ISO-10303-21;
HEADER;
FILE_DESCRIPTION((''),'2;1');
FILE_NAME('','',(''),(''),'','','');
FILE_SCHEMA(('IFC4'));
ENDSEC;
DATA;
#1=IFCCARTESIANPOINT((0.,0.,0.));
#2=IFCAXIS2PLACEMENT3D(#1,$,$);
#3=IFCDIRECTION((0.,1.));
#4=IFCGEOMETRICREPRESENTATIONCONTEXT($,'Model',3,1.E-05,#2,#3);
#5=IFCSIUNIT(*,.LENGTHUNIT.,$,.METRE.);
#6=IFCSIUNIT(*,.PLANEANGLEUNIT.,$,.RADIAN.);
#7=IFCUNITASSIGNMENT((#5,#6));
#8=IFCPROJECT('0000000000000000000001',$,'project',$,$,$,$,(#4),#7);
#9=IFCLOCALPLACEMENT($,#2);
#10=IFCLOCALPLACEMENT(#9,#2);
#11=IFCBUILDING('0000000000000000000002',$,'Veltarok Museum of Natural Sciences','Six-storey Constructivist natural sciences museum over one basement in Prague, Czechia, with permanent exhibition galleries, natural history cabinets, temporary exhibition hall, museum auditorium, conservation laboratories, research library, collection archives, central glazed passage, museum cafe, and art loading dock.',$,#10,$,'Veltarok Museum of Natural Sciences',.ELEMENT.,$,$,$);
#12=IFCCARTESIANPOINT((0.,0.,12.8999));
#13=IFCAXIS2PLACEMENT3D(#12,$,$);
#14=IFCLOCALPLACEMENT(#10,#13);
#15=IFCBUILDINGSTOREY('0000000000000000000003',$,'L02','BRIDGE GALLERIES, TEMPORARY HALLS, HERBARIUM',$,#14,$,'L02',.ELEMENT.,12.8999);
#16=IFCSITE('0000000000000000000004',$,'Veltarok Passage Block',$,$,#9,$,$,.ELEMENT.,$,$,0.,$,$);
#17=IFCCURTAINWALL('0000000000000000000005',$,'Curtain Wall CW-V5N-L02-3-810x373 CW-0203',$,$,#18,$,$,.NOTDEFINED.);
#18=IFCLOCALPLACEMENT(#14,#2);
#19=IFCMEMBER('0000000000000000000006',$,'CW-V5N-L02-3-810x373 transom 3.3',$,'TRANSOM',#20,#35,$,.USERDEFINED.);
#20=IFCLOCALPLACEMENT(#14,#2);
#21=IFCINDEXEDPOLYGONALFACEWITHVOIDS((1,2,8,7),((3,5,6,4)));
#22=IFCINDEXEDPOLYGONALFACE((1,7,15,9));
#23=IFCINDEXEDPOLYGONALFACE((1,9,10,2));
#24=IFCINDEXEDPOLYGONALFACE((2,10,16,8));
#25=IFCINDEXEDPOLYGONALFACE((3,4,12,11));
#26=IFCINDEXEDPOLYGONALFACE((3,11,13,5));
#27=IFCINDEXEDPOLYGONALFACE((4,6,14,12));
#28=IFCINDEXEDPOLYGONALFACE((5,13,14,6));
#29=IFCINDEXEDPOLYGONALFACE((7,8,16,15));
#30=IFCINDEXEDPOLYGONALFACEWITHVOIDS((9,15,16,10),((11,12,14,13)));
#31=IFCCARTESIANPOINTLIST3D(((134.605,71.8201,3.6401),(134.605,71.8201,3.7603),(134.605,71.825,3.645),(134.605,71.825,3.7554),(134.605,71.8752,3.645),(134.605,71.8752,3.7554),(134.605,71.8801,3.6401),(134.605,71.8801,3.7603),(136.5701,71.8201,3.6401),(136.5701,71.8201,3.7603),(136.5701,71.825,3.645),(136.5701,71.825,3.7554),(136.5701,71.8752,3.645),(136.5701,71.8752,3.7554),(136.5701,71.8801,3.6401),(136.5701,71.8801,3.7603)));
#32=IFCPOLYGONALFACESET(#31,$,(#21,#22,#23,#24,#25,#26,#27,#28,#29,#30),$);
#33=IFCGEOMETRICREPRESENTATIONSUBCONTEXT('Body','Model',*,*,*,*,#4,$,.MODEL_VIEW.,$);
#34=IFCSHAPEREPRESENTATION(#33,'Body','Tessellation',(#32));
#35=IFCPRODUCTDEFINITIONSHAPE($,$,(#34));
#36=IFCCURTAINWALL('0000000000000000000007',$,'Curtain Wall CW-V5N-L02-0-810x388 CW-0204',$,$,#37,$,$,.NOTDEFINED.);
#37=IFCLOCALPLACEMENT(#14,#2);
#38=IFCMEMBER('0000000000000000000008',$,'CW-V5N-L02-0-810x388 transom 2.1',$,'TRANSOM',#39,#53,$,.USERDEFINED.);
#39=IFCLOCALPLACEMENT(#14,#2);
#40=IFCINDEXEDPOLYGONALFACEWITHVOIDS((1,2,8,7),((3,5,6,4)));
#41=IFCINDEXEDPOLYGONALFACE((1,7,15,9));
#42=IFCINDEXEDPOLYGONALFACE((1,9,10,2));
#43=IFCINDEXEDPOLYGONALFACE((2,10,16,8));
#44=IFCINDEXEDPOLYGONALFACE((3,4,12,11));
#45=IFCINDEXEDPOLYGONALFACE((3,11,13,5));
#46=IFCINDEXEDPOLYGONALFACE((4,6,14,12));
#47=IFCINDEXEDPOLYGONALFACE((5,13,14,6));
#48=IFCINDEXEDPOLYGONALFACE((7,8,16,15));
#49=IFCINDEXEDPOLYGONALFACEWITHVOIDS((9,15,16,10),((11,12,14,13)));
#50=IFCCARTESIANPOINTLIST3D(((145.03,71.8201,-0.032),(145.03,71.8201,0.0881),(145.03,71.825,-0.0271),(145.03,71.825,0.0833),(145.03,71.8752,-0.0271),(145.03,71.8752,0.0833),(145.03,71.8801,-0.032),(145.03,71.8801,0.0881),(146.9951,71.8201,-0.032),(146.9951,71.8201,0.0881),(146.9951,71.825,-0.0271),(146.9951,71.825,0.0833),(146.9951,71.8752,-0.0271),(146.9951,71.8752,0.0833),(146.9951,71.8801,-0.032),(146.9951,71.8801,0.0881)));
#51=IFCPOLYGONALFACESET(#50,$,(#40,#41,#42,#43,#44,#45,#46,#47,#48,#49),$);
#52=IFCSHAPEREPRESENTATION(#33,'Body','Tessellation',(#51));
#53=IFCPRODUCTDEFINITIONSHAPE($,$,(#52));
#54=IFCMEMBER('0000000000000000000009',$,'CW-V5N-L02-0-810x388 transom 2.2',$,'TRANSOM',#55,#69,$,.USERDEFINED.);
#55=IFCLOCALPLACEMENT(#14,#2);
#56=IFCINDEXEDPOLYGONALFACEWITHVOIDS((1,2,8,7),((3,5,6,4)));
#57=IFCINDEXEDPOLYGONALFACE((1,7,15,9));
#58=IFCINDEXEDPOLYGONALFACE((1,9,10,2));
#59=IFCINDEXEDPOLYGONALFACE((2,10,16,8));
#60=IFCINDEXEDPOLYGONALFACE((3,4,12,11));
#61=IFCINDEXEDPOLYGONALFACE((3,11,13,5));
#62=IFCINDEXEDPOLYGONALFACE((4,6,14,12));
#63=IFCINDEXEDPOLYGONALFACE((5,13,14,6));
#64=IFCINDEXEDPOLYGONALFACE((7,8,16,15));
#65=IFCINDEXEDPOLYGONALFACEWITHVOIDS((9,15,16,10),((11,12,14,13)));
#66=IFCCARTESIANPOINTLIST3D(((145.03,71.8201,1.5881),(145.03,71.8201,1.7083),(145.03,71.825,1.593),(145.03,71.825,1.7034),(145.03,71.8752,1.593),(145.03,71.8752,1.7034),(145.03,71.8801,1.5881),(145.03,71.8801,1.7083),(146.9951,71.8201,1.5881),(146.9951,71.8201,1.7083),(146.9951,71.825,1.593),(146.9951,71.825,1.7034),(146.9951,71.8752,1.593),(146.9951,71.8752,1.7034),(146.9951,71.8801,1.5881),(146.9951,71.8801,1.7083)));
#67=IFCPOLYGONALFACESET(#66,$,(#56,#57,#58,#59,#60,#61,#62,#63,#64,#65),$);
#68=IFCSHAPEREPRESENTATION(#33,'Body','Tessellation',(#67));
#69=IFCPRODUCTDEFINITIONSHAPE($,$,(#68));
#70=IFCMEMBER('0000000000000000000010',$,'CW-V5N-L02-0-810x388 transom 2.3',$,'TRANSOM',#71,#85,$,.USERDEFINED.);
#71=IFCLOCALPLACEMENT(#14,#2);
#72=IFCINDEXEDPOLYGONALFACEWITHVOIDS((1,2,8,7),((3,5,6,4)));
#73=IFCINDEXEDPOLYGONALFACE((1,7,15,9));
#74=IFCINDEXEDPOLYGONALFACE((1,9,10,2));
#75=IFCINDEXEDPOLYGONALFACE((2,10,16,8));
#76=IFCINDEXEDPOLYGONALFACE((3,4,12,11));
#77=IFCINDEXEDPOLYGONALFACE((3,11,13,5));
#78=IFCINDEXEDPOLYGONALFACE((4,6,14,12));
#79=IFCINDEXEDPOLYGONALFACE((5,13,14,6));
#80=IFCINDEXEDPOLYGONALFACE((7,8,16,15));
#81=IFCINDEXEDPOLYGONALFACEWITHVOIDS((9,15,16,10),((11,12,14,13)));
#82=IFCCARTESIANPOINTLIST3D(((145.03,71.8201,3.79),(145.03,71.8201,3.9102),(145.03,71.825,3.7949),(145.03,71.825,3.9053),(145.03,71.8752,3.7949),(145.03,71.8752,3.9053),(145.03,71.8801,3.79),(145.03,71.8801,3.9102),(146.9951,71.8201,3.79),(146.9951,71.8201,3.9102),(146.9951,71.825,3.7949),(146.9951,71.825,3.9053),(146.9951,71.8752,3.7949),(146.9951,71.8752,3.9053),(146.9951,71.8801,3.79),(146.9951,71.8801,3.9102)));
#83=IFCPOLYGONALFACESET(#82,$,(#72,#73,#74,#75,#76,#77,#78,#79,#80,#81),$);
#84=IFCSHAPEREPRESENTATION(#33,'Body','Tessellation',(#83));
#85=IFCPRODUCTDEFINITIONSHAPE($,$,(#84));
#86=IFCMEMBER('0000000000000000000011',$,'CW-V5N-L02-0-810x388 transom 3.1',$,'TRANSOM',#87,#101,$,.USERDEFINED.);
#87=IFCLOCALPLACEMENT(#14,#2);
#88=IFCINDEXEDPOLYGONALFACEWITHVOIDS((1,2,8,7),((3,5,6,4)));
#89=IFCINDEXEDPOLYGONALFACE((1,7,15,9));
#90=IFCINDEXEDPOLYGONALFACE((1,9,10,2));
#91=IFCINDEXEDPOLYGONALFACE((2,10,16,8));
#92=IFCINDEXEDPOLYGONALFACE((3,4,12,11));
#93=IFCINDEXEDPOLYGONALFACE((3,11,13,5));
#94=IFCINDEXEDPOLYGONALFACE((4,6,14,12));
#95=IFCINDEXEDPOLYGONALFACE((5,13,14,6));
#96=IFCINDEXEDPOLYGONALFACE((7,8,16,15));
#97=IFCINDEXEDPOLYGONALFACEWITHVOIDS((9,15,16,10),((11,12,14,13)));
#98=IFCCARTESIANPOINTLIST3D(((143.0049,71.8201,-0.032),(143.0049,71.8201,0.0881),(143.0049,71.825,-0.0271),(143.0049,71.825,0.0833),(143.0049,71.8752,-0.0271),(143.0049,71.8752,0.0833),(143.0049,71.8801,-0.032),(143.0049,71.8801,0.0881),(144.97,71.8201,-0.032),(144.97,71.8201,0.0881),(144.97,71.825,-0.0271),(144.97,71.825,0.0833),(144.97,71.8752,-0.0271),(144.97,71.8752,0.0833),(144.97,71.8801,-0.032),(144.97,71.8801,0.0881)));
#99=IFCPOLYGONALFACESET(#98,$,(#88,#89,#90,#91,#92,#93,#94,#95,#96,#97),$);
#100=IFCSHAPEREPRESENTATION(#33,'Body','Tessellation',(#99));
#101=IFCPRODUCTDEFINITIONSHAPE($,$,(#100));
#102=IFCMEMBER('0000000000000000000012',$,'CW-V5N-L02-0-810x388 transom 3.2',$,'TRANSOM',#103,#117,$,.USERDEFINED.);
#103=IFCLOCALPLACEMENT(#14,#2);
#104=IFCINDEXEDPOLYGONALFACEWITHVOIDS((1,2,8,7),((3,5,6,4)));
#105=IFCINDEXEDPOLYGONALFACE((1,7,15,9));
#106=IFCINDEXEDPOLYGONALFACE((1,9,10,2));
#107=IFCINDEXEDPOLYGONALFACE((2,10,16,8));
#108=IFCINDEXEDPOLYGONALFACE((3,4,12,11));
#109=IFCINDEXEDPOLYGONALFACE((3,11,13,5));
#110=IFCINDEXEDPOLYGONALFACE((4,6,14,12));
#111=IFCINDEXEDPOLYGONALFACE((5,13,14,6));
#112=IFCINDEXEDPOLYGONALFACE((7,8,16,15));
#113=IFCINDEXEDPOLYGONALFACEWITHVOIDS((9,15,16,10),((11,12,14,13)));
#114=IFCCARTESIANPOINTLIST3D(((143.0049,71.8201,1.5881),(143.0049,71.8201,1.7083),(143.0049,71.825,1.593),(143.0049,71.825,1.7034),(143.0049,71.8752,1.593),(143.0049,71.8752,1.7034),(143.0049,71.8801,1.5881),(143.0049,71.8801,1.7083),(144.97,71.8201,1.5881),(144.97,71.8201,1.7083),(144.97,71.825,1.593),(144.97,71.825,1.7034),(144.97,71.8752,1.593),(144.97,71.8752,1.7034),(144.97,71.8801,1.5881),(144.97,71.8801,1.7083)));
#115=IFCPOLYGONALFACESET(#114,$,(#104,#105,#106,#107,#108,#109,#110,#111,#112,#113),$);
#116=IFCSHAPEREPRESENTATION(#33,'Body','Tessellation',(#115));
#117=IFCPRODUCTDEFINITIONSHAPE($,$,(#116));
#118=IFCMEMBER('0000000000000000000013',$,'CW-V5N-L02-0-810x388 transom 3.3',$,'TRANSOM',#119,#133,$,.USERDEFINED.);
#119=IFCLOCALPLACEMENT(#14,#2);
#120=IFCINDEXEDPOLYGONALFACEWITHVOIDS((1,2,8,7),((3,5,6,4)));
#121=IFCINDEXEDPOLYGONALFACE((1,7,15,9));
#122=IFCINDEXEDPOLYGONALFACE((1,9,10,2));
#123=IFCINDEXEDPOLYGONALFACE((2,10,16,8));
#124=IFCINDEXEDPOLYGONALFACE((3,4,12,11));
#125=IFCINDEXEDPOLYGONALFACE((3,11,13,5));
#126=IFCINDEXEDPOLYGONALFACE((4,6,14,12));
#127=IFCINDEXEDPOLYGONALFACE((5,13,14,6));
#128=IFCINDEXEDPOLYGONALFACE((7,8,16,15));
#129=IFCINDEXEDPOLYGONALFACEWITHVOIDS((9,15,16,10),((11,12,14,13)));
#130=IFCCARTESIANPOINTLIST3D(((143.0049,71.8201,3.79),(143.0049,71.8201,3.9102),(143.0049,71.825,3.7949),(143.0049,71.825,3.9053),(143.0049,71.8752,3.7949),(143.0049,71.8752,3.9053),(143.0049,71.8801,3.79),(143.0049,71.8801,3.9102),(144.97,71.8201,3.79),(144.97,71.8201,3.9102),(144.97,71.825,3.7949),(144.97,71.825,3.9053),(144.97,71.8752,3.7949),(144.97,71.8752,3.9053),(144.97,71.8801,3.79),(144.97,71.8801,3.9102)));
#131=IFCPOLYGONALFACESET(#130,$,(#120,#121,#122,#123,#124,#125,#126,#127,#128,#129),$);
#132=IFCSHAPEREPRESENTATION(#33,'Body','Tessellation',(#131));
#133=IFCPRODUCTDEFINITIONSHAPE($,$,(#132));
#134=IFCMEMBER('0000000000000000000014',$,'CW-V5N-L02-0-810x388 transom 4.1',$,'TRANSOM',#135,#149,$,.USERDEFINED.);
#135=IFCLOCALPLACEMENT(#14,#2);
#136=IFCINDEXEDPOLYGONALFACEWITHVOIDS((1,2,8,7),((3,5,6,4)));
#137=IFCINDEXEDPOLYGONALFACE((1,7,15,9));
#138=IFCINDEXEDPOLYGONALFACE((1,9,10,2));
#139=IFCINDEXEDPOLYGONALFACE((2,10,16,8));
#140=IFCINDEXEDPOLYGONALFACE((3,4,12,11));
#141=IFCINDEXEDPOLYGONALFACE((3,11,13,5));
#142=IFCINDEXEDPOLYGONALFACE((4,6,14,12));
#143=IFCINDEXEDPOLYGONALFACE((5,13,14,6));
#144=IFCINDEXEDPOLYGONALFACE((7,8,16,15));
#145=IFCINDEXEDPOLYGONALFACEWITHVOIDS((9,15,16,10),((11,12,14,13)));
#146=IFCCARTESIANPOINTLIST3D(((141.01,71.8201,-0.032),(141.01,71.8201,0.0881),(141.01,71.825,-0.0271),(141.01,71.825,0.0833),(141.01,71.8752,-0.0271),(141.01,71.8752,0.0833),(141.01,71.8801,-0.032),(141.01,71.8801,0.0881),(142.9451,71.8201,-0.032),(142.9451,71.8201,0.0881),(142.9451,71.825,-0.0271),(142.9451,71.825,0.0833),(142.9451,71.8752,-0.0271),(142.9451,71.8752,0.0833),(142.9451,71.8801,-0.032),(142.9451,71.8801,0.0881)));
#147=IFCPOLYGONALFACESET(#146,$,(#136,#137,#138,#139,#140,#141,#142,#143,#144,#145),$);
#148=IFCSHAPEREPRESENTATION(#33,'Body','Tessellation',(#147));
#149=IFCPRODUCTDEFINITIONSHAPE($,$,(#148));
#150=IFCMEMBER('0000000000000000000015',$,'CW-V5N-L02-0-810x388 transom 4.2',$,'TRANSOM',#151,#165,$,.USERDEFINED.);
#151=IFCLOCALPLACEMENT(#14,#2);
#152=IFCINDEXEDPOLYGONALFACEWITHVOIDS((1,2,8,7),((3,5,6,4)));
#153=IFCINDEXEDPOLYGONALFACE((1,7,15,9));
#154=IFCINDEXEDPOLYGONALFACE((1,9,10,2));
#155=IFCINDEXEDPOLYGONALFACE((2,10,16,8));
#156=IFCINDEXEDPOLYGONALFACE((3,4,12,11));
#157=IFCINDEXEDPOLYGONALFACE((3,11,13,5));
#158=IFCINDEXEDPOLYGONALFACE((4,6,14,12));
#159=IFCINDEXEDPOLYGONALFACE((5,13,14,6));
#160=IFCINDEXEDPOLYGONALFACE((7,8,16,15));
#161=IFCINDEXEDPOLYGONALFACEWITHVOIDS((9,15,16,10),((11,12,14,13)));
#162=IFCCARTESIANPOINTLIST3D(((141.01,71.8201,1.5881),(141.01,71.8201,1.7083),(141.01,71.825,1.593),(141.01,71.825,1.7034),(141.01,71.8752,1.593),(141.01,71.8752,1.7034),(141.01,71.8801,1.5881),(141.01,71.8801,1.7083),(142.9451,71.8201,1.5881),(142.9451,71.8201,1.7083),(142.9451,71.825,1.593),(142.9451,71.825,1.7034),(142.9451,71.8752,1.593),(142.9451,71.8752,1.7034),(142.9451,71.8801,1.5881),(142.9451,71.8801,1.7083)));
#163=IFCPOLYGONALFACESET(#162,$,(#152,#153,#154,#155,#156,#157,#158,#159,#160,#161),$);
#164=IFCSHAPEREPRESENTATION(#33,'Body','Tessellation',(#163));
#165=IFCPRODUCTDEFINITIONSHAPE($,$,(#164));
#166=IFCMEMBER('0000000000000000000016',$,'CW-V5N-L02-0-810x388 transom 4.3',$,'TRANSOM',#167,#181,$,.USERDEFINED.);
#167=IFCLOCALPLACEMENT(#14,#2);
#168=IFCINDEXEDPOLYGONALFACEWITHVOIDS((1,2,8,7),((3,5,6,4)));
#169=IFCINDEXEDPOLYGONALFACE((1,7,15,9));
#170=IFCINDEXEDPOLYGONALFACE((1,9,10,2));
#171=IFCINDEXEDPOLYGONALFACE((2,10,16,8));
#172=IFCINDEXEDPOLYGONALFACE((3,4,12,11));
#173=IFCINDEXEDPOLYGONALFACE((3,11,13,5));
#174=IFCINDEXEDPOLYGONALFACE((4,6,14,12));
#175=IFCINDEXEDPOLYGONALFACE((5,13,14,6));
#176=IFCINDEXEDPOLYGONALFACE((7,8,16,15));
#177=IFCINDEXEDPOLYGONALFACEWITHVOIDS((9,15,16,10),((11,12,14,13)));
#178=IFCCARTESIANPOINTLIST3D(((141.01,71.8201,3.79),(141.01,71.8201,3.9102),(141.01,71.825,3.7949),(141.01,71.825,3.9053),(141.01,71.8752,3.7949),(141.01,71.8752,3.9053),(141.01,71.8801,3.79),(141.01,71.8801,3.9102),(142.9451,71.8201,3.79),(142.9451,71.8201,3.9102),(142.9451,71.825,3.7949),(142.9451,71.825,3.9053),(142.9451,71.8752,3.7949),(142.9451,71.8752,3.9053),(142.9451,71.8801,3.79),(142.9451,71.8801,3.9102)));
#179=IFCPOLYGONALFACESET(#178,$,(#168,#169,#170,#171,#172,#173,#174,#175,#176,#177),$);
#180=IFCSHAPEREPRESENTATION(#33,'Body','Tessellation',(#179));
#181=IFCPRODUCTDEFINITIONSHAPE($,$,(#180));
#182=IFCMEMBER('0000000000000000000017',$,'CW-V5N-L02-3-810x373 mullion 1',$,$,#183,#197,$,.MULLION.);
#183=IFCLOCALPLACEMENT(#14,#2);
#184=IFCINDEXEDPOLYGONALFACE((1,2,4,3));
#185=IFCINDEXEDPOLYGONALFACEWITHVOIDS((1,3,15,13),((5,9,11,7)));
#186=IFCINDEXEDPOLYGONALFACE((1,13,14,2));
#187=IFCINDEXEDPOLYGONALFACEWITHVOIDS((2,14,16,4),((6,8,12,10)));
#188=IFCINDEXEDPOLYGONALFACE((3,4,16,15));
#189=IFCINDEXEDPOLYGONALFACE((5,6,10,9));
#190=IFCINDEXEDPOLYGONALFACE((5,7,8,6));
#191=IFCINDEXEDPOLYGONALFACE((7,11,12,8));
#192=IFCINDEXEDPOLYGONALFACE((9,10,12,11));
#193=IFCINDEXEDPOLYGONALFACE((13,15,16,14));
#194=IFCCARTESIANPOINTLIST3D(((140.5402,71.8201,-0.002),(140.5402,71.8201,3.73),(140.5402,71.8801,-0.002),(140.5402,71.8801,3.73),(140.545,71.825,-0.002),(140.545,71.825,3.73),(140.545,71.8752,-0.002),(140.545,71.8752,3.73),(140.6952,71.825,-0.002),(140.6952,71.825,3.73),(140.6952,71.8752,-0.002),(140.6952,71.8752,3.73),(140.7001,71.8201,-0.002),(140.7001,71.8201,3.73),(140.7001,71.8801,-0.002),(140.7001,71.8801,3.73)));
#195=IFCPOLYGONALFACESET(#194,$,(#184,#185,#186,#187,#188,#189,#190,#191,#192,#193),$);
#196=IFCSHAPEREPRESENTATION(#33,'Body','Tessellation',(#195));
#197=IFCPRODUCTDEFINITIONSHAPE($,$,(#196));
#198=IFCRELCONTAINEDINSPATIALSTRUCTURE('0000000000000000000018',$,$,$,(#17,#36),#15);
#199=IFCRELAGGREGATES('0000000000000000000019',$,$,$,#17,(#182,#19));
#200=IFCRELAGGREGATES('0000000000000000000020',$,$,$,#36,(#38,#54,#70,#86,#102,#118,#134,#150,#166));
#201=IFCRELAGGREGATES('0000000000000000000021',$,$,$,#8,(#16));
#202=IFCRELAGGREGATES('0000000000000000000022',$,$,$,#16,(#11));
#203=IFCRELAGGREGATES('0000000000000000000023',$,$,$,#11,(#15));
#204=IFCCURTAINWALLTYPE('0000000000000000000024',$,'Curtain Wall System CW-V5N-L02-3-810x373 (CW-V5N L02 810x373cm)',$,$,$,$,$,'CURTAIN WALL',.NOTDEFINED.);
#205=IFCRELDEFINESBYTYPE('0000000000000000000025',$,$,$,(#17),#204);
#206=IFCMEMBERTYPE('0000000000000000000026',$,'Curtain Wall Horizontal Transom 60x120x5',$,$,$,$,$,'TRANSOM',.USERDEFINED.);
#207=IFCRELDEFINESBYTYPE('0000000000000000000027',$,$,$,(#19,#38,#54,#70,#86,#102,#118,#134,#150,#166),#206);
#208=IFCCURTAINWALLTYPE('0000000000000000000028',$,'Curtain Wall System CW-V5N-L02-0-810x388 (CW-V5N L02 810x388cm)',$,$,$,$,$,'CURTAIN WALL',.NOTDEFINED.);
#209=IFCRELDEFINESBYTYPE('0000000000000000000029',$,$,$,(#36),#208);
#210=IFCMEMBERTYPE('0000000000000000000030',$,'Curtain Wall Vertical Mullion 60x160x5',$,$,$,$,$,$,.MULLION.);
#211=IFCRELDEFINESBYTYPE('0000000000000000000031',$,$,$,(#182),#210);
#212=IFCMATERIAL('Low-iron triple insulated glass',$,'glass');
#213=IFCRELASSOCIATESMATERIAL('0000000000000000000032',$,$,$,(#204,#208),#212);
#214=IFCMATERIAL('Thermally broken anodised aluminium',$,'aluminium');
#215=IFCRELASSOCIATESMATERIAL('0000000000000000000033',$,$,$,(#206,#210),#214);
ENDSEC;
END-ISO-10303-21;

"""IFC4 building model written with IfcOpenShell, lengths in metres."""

from ifc_helpers import new_model, si_unit, direction, frame, origin, origin_2d, place, context, subcontext, project, spatial, hollow_rectangle, extrude, material, material_profile, profile_set, type_object, element, aggregate, save


model = new_model("IFC4")

# Units and contexts
model_context = context("Model", 3, precision=1e-05, world=origin(), true_north=direction((0.0, 1.0)))
body_context = subcontext(model_context, "Body", "Model", "MODEL_VIEW")
ifc_project = project(units=[si_unit("LENGTHUNIT", "METRE"), si_unit("PLANEANGLEUNIT", "RADIAN")], contexts=[model_context])

# Site, building, storey
site_placement = place(None, origin())
site = spatial("IfcSite", under=ifc_project, at=site_placement, Name="Veltarok Passage Block", CompositionType="ELEMENT", RefElevation=0.0)
building_placement = place(site_placement, origin())
building = spatial("IfcBuilding", under=site, at=building_placement, Name="Veltarok Museum of Natural Sciences", Description="Six-storey Constructivist natural sciences museum over one basement in Prague, Czechia, with permanent exhibition galleries, natural history cabinets, temporary exhibition hall, museum auditorium, conservation laboratories, research library, collection archives, central glazed passage, museum cafe, and art loading dock.", LongName="Veltarok Museum of Natural Sciences", CompositionType="ELEMENT")
storey_placement = place(building_placement, frame((0.0, 0.0, 12.8999)))
storey = spatial("IfcBuildingStorey", under=building, at=storey_placement, Name="L02", Description="BRIDGE GALLERIES, TEMPORARY HALLS, HERBARIUM", LongName="L02", CompositionType="ELEMENT", Elevation=12.8999)

# Curtain walls, members
ifc_material_1 = material(Name="Low-iron triple insulated glass", Category="glass")
curtain_wall_type_1 = type_object("IfcCurtainWallType", Name="Curtain Wall System CW-V5N-L02-3-810x373 (CW-V5N L02 810x373cm)", ElementType="CURTAIN WALL", PredefinedType="NOTDEFINED", material=ifc_material_1)
curtain_wall_1_placement = place(storey_placement, origin())
curtain_wall_1 = element("IfcCurtainWall", 1, at=curtain_wall_1_placement, inside=storey, type_object=curtain_wall_type_1, Name="Curtain Wall CW-V5N-L02-3-810x373 CW-0203", PredefinedType="NOTDEFINED")
ifc_material_2 = material(Name="Thermally broken anodised aluminium", Category="aluminium")
ifc_material_profile_1 = material_profile(ifc_material_2, hollow_rectangle(XDim=0.0601, YDim=0.1201, WallThickness=0.0049, at=origin_2d()), Name="CW TRANSOM 60x120x5")
ifc_profile_set_1 = profile_set([ifc_material_profile_1], Name="Thermally broken anodised aluminium")
member_type_1 = type_object("IfcMemberType", Name="Curtain Wall Horizontal Transom 60x120x5", ElementType="TRANSOM", PredefinedType="USERDEFINED", material=ifc_profile_set_1)
member_1_placement = place(storey_placement, frame((136.5701, 71.8501, 3.7002), z_axis=(-1.0, 0.0, 0.0), x_axis=(0.0, -1.0, 0.0)))
member_1 = element("IfcMember", 2, at=member_1_placement, type_object=member_type_1, Name="CW-V5N-L02-3-810x373 transom 3.3", ObjectType="TRANSOM", PredefinedType="USERDEFINED", context=body_context, shape_type="SweptSolid", body=[
    extrude(hollow_rectangle(XDim=0.0601, YDim=0.1201, WallThickness=0.0049, at=origin_2d()), origin(), (0.0, 0.0, 1.0), 1.9651),
])
curtain_wall_type_2 = type_object("IfcCurtainWallType", Name="Curtain Wall System CW-V5N-L02-0-810x388 (CW-V5N L02 810x388cm)", ElementType="CURTAIN WALL", PredefinedType="NOTDEFINED", material=ifc_material_1)
curtain_wall_2_placement = place(storey_placement, origin())
curtain_wall_2 = element("IfcCurtainWall", 3, at=curtain_wall_2_placement, inside=storey, type_object=curtain_wall_type_2, Name="Curtain Wall CW-V5N-L02-0-810x388 CW-0204", PredefinedType="NOTDEFINED")
member_2_placement = place(storey_placement, frame((146.9951, 71.8501, 0.0281), z_axis=(-1.0, 0.0, 0.0), x_axis=(0.0, -1.0, 0.0)))
member_2 = element("IfcMember", 4, at=member_2_placement, type_object=member_type_1, Name="CW-V5N-L02-0-810x388 transom 2.1", ObjectType="TRANSOM", PredefinedType="USERDEFINED", context=body_context, shape_type="SweptSolid", body=[
    extrude(hollow_rectangle(XDim=0.0601, YDim=0.1201, WallThickness=0.0049, at=origin_2d()), origin(), (0.0, 0.0, 1.0), 1.9651),
])
member_3_placement = place(storey_placement, frame((146.9951, 71.8501, 1.6482), z_axis=(-1.0, 0.0, 0.0), x_axis=(0.0, -1.0, 0.0)))
member_3 = element("IfcMember", 5, at=member_3_placement, type_object=member_type_1, Name="CW-V5N-L02-0-810x388 transom 2.2", ObjectType="TRANSOM", PredefinedType="USERDEFINED", context=body_context, shape_type="SweptSolid", body=[
    extrude(hollow_rectangle(XDim=0.0601, YDim=0.1201, WallThickness=0.0049, at=origin_2d()), origin(), (0.0, 0.0, 1.0), 1.9651),
])
member_4_placement = place(storey_placement, frame((146.9951, 71.8501, 3.8501), z_axis=(-1.0, 0.0, 0.0), x_axis=(0.0, -1.0, 0.0)))
member_4 = element("IfcMember", 6, at=member_4_placement, type_object=member_type_1, Name="CW-V5N-L02-0-810x388 transom 2.3", ObjectType="TRANSOM", PredefinedType="USERDEFINED", context=body_context, shape_type="SweptSolid", body=[
    extrude(hollow_rectangle(XDim=0.0601, YDim=0.1201, WallThickness=0.0049, at=origin_2d()), origin(), (0.0, 0.0, 1.0), 1.9651),
])
member_5_placement = place(storey_placement, frame((144.97, 71.8501, 0.0281), z_axis=(-1.0, 0.0, 0.0), x_axis=(0.0, -1.0, 0.0)))
member_5 = element("IfcMember", 7, at=member_5_placement, type_object=member_type_1, Name="CW-V5N-L02-0-810x388 transom 3.1", ObjectType="TRANSOM", PredefinedType="USERDEFINED", context=body_context, shape_type="SweptSolid", body=[
    extrude(hollow_rectangle(XDim=0.0601, YDim=0.1201, WallThickness=0.0049, at=origin_2d()), origin(), (0.0, 0.0, 1.0), 1.9651),
])
member_6_placement = place(storey_placement, frame((144.97, 71.8501, 1.6482), z_axis=(-1.0, 0.0, 0.0), x_axis=(0.0, -1.0, 0.0)))
member_6 = element("IfcMember", 8, at=member_6_placement, type_object=member_type_1, Name="CW-V5N-L02-0-810x388 transom 3.2", ObjectType="TRANSOM", PredefinedType="USERDEFINED", context=body_context, shape_type="SweptSolid", body=[
    extrude(hollow_rectangle(XDim=0.0601, YDim=0.1201, WallThickness=0.0049, at=origin_2d()), origin(), (0.0, 0.0, 1.0), 1.9651),
])
member_7_placement = place(storey_placement, frame((144.97, 71.8501, 3.8501), z_axis=(-1.0, 0.0, 0.0), x_axis=(0.0, -1.0, 0.0)))
member_7 = element("IfcMember", 9, at=member_7_placement, type_object=member_type_1, Name="CW-V5N-L02-0-810x388 transom 3.3", ObjectType="TRANSOM", PredefinedType="USERDEFINED", context=body_context, shape_type="SweptSolid", body=[
    extrude(hollow_rectangle(XDim=0.0601, YDim=0.1201, WallThickness=0.0049, at=origin_2d()), origin(), (0.0, 0.0, 1.0), 1.9651),
])
member_8_placement = place(storey_placement, frame((142.9451, 71.8501, 0.0281), z_axis=(-1.0, 0.0, 0.0), x_axis=(0.0, -1.0, 0.0)))
member_8 = element("IfcMember", 10, at=member_8_placement, type_object=member_type_1, Name="CW-V5N-L02-0-810x388 transom 4.1", ObjectType="TRANSOM", PredefinedType="USERDEFINED", context=body_context, shape_type="SweptSolid", body=[
    extrude(hollow_rectangle(XDim=0.0601, YDim=0.1201, WallThickness=0.0049, at=origin_2d()), origin(), (0.0, 0.0, 1.0), 1.9351),
])
member_9_placement = place(storey_placement, frame((142.9451, 71.8501, 1.6482), z_axis=(-1.0, 0.0, 0.0), x_axis=(0.0, -1.0, 0.0)))
member_9 = element("IfcMember", 11, at=member_9_placement, type_object=member_type_1, Name="CW-V5N-L02-0-810x388 transom 4.2", ObjectType="TRANSOM", PredefinedType="USERDEFINED", context=body_context, shape_type="SweptSolid", body=[
    extrude(hollow_rectangle(XDim=0.0601, YDim=0.1201, WallThickness=0.0049, at=origin_2d()), origin(), (0.0, 0.0, 1.0), 1.9351),
])
member_10_placement = place(storey_placement, frame((142.9451, 71.8501, 3.8501), z_axis=(-1.0, 0.0, 0.0), x_axis=(0.0, -1.0, 0.0)))
member_10 = element("IfcMember", 12, at=member_10_placement, type_object=member_type_1, Name="CW-V5N-L02-0-810x388 transom 4.3", ObjectType="TRANSOM", PredefinedType="USERDEFINED", context=body_context, shape_type="SweptSolid", body=[
    extrude(hollow_rectangle(XDim=0.0601, YDim=0.1201, WallThickness=0.0049, at=origin_2d()), origin(), (0.0, 0.0, 1.0), 1.9351),
])

# Member
ifc_material_profile_2 = material_profile(ifc_material_2, hollow_rectangle(XDim=0.0601, YDim=0.1599, WallThickness=0.0049, at=origin_2d()), Name="CW MULLION 60x160x5")
ifc_profile_set_2 = profile_set([ifc_material_profile_2], Name="Thermally broken anodised aluminium")
member_type_2 = type_object("IfcMemberType", Name="Curtain Wall Vertical Mullion 60x160x5", PredefinedType="MULLION", material=ifc_profile_set_2)
member_11_placement = place(storey_placement, frame((140.6201, 71.8501, -0.002), z_axis=(0.0, 0.0, 1.0), x_axis=(0.0, -1.0, 0.0)))
member_11 = element("IfcMember", 13, at=member_11_placement, type_object=member_type_2, Name="CW-V5N-L02-3-810x373 mullion 1", PredefinedType="MULLION", context=body_context, shape_type="SweptSolid", body=[
    extrude(hollow_rectangle(XDim=0.0601, YDim=0.1599, WallThickness=0.0049, at=origin_2d()), origin(), (0.0, 0.0, 1.0), 3.7319),
])

aggregate(curtain_wall_1, [member_11, member_1])
aggregate(curtain_wall_2, [member_2, member_3, member_4, member_5, member_6, member_7, member_8, member_9, member_10])

save(model, "model.ifc")
